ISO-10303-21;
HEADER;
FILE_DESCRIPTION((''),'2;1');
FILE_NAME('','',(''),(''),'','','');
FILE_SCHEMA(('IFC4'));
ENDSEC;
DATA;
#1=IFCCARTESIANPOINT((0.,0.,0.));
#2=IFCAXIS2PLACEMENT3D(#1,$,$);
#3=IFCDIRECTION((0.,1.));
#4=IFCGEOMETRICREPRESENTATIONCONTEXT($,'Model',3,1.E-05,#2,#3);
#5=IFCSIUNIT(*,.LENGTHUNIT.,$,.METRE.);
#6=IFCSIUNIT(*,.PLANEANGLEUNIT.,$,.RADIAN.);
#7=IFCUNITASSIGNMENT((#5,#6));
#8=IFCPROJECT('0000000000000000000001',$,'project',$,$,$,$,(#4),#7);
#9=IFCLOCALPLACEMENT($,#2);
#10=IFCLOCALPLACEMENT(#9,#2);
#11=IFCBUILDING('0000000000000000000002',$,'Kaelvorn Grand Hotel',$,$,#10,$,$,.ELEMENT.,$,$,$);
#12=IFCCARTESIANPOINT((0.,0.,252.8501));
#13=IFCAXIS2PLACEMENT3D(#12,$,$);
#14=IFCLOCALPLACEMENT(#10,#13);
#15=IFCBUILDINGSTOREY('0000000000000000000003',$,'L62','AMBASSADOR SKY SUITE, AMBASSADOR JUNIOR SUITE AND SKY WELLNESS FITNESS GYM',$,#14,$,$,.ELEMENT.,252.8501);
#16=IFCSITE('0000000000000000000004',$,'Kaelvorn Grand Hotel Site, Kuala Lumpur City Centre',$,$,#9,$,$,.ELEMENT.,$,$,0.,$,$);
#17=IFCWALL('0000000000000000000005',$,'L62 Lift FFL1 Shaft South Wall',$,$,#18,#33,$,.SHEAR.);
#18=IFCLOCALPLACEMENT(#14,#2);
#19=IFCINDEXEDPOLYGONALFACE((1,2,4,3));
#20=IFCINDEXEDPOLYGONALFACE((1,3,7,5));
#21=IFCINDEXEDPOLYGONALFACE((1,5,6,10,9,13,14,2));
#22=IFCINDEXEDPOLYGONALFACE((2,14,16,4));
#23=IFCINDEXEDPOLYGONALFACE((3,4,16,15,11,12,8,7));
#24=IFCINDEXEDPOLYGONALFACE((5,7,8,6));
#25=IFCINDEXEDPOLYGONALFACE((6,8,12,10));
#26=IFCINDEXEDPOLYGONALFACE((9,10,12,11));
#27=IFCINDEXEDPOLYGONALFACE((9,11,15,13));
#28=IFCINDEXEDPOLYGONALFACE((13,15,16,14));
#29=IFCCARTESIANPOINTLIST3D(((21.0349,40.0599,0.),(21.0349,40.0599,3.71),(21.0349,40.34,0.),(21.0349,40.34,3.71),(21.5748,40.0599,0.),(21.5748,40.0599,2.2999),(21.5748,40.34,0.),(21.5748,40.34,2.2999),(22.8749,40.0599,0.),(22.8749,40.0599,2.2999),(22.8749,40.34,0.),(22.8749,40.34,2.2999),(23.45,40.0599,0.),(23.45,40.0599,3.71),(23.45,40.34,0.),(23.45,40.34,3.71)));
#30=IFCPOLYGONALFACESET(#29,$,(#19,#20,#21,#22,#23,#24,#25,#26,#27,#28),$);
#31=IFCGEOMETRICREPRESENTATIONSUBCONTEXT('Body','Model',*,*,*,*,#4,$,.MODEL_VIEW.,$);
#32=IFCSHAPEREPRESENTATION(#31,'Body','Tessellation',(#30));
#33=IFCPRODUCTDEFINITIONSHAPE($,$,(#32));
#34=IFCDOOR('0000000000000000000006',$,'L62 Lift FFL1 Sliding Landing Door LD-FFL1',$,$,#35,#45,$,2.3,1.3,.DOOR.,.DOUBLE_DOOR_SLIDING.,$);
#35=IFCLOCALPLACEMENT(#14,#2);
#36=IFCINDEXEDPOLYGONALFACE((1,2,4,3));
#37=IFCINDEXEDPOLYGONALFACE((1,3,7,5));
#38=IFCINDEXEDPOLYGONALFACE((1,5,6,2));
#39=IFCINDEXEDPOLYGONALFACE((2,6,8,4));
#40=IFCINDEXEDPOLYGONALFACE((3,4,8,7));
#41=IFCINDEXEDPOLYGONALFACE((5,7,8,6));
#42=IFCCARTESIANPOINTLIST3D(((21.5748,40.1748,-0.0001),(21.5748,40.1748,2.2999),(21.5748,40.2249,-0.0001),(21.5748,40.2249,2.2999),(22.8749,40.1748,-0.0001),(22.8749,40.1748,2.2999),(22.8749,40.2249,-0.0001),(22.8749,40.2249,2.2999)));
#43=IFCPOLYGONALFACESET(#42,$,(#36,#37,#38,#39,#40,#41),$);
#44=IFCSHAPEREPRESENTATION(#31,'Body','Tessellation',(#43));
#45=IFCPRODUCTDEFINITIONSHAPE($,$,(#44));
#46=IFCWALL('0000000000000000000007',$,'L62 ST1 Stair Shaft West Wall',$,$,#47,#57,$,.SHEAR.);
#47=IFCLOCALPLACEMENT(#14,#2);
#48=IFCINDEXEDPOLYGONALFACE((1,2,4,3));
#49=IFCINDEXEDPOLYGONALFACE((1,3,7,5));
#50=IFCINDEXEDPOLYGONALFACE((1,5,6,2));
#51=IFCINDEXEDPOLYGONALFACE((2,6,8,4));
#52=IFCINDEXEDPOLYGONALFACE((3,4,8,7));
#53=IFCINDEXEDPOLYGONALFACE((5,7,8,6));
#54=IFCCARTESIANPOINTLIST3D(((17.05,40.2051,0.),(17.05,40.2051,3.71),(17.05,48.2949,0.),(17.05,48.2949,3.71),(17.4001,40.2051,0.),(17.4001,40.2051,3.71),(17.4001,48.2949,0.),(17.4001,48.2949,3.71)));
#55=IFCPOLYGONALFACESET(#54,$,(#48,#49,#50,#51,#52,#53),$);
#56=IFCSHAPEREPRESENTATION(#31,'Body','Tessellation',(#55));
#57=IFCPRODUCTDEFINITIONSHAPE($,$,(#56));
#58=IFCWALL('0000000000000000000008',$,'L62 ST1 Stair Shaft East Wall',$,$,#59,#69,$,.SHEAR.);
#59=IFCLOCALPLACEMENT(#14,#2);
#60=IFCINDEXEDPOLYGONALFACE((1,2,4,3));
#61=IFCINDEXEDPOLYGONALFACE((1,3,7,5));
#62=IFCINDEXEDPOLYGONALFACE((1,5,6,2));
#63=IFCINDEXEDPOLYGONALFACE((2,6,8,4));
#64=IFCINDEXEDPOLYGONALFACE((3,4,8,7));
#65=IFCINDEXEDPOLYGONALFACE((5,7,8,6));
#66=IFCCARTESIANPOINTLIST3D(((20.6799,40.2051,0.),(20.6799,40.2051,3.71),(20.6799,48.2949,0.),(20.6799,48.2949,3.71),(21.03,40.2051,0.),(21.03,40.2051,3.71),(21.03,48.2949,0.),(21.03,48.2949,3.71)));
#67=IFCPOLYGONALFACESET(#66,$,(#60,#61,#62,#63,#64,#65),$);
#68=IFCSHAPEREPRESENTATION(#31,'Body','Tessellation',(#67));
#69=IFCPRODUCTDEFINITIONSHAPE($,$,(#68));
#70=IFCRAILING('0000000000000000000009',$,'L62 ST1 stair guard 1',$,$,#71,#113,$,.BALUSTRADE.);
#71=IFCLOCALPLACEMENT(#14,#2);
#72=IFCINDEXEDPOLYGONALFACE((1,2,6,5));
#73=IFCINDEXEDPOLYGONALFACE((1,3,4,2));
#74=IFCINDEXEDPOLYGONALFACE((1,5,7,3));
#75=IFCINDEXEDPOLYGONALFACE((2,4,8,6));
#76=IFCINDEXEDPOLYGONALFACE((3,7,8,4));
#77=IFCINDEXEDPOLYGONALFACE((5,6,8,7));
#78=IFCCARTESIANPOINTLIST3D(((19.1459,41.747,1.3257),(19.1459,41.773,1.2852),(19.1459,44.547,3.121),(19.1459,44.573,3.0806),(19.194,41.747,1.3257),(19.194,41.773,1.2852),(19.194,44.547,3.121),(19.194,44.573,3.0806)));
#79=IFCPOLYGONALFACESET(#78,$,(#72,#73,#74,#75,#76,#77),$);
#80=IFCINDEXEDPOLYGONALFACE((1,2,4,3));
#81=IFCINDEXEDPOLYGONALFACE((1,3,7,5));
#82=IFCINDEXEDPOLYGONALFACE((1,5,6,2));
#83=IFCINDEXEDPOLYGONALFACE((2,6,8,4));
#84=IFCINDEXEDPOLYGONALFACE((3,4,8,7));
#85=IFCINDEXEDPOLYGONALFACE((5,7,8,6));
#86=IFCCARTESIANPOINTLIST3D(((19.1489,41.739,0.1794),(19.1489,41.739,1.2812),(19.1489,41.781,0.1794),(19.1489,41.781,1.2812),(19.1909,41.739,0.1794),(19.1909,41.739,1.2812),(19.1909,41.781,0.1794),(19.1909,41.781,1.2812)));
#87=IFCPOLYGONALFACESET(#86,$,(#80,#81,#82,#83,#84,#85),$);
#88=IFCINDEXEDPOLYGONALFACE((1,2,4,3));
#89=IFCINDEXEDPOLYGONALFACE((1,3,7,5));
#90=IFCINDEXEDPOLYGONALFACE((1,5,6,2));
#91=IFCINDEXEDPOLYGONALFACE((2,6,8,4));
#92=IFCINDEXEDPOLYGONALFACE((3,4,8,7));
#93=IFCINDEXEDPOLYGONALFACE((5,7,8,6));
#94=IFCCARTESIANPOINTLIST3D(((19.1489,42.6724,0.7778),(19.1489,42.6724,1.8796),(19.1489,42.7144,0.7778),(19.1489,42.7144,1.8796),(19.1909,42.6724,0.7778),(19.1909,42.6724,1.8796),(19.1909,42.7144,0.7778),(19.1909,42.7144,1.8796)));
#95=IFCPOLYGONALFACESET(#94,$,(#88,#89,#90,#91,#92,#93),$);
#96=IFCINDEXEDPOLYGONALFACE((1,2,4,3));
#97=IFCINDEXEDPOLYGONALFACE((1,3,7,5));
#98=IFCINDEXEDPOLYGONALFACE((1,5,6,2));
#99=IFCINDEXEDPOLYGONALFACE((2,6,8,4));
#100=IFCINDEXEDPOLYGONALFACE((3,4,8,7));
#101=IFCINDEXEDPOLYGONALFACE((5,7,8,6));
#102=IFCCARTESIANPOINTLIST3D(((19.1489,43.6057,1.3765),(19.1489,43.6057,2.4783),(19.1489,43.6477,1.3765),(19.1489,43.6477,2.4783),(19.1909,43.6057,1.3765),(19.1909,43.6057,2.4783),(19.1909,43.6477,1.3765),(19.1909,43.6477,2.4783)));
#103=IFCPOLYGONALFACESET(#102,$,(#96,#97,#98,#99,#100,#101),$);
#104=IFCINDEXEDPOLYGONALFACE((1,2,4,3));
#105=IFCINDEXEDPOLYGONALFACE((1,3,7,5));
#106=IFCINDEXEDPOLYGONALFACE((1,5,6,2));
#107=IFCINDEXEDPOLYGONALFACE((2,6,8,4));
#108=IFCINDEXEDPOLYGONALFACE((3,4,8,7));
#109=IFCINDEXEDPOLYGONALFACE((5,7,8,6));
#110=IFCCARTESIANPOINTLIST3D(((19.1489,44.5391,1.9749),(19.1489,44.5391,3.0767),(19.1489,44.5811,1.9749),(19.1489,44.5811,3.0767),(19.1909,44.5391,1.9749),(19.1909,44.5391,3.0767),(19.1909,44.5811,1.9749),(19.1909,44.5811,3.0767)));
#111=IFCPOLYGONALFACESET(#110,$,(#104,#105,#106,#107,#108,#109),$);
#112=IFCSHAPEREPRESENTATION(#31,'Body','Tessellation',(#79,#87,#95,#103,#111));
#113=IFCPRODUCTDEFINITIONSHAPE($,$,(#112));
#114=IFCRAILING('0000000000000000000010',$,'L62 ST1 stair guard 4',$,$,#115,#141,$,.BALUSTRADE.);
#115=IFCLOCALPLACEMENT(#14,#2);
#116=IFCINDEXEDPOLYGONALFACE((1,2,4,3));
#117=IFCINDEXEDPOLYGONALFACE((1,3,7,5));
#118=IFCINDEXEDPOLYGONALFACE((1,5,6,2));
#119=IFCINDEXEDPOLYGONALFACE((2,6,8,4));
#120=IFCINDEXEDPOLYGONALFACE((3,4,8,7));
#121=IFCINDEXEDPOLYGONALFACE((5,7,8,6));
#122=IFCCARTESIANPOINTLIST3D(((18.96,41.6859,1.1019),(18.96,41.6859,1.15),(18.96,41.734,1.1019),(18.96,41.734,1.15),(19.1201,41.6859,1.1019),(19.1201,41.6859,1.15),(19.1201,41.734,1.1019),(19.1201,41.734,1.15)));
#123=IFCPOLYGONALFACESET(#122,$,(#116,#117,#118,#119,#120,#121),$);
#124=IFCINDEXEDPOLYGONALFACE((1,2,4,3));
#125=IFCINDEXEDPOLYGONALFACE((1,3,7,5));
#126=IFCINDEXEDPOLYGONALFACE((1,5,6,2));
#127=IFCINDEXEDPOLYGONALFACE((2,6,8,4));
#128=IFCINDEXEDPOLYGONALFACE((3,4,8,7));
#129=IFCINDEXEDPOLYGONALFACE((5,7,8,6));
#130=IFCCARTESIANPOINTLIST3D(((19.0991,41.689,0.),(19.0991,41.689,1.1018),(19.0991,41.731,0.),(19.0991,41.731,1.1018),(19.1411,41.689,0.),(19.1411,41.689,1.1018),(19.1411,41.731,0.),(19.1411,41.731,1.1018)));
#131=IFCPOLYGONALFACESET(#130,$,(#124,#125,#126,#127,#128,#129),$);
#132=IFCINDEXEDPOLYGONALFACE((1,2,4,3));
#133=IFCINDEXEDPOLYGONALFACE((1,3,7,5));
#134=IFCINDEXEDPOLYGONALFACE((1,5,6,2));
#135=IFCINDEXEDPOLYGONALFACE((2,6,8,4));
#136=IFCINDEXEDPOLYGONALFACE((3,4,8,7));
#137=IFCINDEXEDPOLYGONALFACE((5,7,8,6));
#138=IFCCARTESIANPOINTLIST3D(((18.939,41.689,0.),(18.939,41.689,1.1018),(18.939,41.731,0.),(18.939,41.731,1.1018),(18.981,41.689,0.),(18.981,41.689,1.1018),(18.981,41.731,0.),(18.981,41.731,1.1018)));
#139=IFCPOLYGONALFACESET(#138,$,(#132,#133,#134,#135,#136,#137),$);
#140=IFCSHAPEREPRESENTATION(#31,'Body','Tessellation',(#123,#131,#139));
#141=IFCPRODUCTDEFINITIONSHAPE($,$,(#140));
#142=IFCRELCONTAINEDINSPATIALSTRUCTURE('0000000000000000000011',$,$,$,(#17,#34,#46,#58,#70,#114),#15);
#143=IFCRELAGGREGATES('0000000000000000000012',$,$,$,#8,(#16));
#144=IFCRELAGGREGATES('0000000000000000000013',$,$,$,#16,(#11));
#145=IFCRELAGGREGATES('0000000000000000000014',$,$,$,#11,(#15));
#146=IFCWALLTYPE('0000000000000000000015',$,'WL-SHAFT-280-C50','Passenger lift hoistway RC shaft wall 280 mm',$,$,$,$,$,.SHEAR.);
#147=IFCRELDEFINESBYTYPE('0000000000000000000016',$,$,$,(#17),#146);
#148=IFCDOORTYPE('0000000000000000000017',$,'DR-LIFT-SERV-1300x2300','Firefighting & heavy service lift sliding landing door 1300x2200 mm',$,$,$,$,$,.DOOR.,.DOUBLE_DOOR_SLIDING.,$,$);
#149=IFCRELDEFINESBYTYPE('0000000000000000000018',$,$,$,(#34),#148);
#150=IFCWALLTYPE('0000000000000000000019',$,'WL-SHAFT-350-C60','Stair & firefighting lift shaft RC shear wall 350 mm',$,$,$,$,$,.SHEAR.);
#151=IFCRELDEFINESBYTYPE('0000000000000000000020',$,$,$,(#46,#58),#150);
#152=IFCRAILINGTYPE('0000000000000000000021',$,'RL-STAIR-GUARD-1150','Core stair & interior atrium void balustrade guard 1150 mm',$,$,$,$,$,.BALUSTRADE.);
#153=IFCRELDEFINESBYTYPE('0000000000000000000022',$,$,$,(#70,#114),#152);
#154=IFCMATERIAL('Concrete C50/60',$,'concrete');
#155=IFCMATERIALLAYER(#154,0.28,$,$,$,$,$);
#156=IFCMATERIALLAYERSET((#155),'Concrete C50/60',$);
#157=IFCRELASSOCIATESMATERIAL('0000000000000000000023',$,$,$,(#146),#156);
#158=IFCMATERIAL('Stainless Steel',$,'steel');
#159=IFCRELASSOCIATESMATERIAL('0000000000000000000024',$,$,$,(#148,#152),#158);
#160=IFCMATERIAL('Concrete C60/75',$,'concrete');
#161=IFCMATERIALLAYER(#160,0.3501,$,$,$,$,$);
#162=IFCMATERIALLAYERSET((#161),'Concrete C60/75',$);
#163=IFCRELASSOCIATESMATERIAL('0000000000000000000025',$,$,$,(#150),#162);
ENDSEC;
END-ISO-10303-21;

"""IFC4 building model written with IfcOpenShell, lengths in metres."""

from ifc_helpers import new_model, si_unit, direction, frame, frame_2d, origin, origin_2d, place, context, subcontext, project, spatial, rectangle, extrude, material, layer, layer_set, type_object, element, fill, save


model = new_model("IFC4")

# Units and contexts
model_context = context("Model", 3, precision=1e-05, world=origin(), true_north=direction((0.0, 1.0)))
body_context = subcontext(model_context, "Body", "Model", "MODEL_VIEW")
ifc_project = project(units=[si_unit("LENGTHUNIT", "METRE"), si_unit("PLANEANGLEUNIT", "RADIAN")], contexts=[model_context])

# Site, building, storey
site_placement = place(None, origin())
site = spatial("IfcSite", under=ifc_project, at=site_placement, Name="Kaelvorn Grand Hotel Site, Kuala Lumpur City Centre", CompositionType="ELEMENT", RefElevation=0.0)
building_placement = place(site_placement, origin())
building = spatial("IfcBuilding", under=site, at=building_placement, Name="Kaelvorn Grand Hotel", CompositionType="ELEMENT")
storey_placement = place(building_placement, frame((0.0, 0.0, 252.8501)))
storey = spatial("IfcBuildingStorey", under=building, at=storey_placement, Name="L62", Description="AMBASSADOR SKY SUITE, AMBASSADOR JUNIOR SUITE AND SKY WELLNESS FITNESS GYM", CompositionType="ELEMENT", Elevation=252.8501)

# Shared definitions
ifc_material_1 = material(Name="Concrete C50/60", Category="concrete")

# Wall, opening, door
ifc_layer_1 = layer(ifc_material_1, 0.28)
ifc_layer_set_1 = layer_set([ifc_layer_1], Name="Concrete C50/60")
wall_type_1 = type_object("IfcWallType", Name="WL-SHAFT-280-C50", Description="Passenger lift hoistway RC shaft wall 280 mm", PredefinedType="SHEAR", material=ifc_layer_set_1)
wall_1_placement = place(storey_placement, frame((21.0349, 40.2, 0.0), z_axis=(0.0, 0.0, 1.0), x_axis=(1.0, 0.0, 0.0)))
wall_1 = element("IfcWall", 1, at=wall_1_placement, inside=storey, type_object=wall_type_1, Name="L62 Lift FFL1 Shaft South Wall", PredefinedType="SHEAR", context=body_context, shape_type="SweptSolid", body=[
    extrude(rectangle(XDim=2.415, YDim=0.28, at=frame_2d((1.2075, 0.0))), origin(), (0.0, 0.0, 1.0), 3.71),
])
opening_1_placement = place(wall_1_placement, frame((0.54, 0.0, 0.0)))
opening_1 = element("IfcOpeningElement", 2, at=opening_1_placement, cuts=wall_1, PredefinedType="OPENING", context=body_context, shape_type="SweptSolid", body=[
    extrude(rectangle(XDim=1.3, YDim=2.3, at=frame_2d((0.6499, 1.1499))), frame((0.0, 0.1499, 0.0), z_axis=(0.0, -1.0, 0.0), x_axis=(1.0, 0.0, 0.0)), (0.0, 0.0, 1.0), 0.3),
])
ifc_material_2 = material(Name="Stainless Steel", Category="steel")
door_type_1 = type_object("IfcDoorType", Name="DR-LIFT-SERV-1300x2300", Description="Firefighting & heavy service lift sliding landing door 1300x2200 mm", OperationType="DOUBLE_DOOR_SLIDING", PredefinedType="DOOR", material=ifc_material_2)
door_1_placement = place(opening_1_placement, origin())
door_1 = element("IfcDoor", 3, at=door_1_placement, inside=storey, type_object=door_type_1, Name="L62 Lift FFL1 Sliding Landing Door LD-FFL1", OperationType="DOUBLE_DOOR_SLIDING", OverallHeight=2.3, OverallWidth=1.3, PredefinedType="DOOR", context=body_context, shape_type="SweptSolid", body=[
    extrude(rectangle(XDim=1.3, YDim=2.3, at=frame_2d((0.6499, 1.1499))), frame((0.0, 0.0249, 0.0), z_axis=(0.0, -1.0, 0.0), x_axis=(1.0, 0.0, 0.0)), (0.0, 0.0, 1.0), 0.05),
])
fill(opening_1, door_1)
ifc_material_3 = material(Name="Concrete C60/75", Category="concrete")
ifc_layer_2 = layer(ifc_material_3, 0.3501)
ifc_layer_set_2 = layer_set([ifc_layer_2], Name="Concrete C60/75")
wall_type_2 = type_object("IfcWallType", Name="WL-SHAFT-350-C60", Description="Stair & firefighting lift shaft RC shear wall 350 mm", PredefinedType="SHEAR", material=ifc_layer_set_2)

# Walls
for number, where, z_axis, x_axis, name in (
    (4, (17.2251, 40.2051, 0.0), (0.0, 0.0, 1.0), (0.0, 1.0, 0.0), "L62 ST1 Stair Shaft West Wall"),
    (5, (20.855, 40.2051, 0.0), (0.0, 0.0, 1.0), (0.0, 1.0, 0.0), "L62 ST1 Stair Shaft East Wall"),
):
    element("IfcWall", number, at=place(storey_placement, frame(where, z_axis=z_axis, x_axis=x_axis)), inside=storey, type_object=wall_type_2, Name=name, PredefinedType="SHEAR", context=body_context, shape_type="SweptSolid", body=[
        extrude(rectangle(XDim=8.0898, YDim=0.3501, at=frame_2d((4.0449, 0.0))), origin(), (0.0, 0.0, 1.0), 3.71),
    ])

# Railings
railing_type = type_object("IfcRailingType", Name="RL-STAIR-GUARD-1150", Description="Core stair & interior atrium void balustrade guard 1150 mm", PredefinedType="BALUSTRADE", material=ifc_material_2)
railing_1_placement = place(storey_placement, frame((19.1699, 41.76, 0.1794)))
element("IfcRailing", 6, at=railing_1_placement, inside=storey, type_object=railing_type, Name="L62 ST1 stair guard 1", PredefinedType="BALUSTRADE", context=body_context, shape_type="SweptSolid", body=[
    extrude(rectangle(XDim=0.0481, YDim=0.0481, at=origin_2d()), frame((0.0, 0.0, 1.126), z_axis=(0.0, 0.84181, 0.539774), x_axis=(-1.0, 0.0, 0.0)), (0.0, 0.0, 1.0), 3.3262),
    extrude(rectangle(XDim=0.042, YDim=0.042, at=origin_2d()), origin(), (0.0, 0.0, 1.0), 1.1018),
    extrude(rectangle(XDim=0.042, YDim=0.042, at=origin_2d()), frame((0.0, 0.9333, 0.5984)), (0.0, 0.0, 1.0), 1.1018),
    extrude(rectangle(XDim=0.042, YDim=0.042, at=origin_2d()), frame((0.0, 1.8667, 1.197)), (0.0, 0.0, 1.0), 1.1018),
    extrude(rectangle(XDim=0.042, YDim=0.042, at=origin_2d()), frame((0.0, 2.8, 1.7954)), (0.0, 0.0, 1.0), 1.1018),
])
railing_2_placement = place(storey_placement, frame((19.1201, 41.71, 0.0)))
element("IfcRailing", 7, at=railing_2_placement, inside=storey, type_object=railing_type, Name="L62 ST1 stair guard 4", PredefinedType="BALUSTRADE", context=body_context, shape_type="SweptSolid", body=[
    extrude(rectangle(XDim=0.0481, YDim=0.0481, at=origin_2d()), frame((0.0, 0.0, 1.126), z_axis=(-1.0, 0.0, 0.0), x_axis=(0.0, -1.0, 0.0)), (0.0, 0.0, 1.0), 0.1602),
    extrude(rectangle(XDim=0.042, YDim=0.042, at=origin_2d()), origin(), (0.0, 0.0, 1.0), 1.1018),
    extrude(rectangle(XDim=0.042, YDim=0.042, at=origin_2d()), frame((-0.1602, 0.0, 0.0)), (0.0, 0.0, 1.0), 1.1018),
])

save(model, "model.ifc")
